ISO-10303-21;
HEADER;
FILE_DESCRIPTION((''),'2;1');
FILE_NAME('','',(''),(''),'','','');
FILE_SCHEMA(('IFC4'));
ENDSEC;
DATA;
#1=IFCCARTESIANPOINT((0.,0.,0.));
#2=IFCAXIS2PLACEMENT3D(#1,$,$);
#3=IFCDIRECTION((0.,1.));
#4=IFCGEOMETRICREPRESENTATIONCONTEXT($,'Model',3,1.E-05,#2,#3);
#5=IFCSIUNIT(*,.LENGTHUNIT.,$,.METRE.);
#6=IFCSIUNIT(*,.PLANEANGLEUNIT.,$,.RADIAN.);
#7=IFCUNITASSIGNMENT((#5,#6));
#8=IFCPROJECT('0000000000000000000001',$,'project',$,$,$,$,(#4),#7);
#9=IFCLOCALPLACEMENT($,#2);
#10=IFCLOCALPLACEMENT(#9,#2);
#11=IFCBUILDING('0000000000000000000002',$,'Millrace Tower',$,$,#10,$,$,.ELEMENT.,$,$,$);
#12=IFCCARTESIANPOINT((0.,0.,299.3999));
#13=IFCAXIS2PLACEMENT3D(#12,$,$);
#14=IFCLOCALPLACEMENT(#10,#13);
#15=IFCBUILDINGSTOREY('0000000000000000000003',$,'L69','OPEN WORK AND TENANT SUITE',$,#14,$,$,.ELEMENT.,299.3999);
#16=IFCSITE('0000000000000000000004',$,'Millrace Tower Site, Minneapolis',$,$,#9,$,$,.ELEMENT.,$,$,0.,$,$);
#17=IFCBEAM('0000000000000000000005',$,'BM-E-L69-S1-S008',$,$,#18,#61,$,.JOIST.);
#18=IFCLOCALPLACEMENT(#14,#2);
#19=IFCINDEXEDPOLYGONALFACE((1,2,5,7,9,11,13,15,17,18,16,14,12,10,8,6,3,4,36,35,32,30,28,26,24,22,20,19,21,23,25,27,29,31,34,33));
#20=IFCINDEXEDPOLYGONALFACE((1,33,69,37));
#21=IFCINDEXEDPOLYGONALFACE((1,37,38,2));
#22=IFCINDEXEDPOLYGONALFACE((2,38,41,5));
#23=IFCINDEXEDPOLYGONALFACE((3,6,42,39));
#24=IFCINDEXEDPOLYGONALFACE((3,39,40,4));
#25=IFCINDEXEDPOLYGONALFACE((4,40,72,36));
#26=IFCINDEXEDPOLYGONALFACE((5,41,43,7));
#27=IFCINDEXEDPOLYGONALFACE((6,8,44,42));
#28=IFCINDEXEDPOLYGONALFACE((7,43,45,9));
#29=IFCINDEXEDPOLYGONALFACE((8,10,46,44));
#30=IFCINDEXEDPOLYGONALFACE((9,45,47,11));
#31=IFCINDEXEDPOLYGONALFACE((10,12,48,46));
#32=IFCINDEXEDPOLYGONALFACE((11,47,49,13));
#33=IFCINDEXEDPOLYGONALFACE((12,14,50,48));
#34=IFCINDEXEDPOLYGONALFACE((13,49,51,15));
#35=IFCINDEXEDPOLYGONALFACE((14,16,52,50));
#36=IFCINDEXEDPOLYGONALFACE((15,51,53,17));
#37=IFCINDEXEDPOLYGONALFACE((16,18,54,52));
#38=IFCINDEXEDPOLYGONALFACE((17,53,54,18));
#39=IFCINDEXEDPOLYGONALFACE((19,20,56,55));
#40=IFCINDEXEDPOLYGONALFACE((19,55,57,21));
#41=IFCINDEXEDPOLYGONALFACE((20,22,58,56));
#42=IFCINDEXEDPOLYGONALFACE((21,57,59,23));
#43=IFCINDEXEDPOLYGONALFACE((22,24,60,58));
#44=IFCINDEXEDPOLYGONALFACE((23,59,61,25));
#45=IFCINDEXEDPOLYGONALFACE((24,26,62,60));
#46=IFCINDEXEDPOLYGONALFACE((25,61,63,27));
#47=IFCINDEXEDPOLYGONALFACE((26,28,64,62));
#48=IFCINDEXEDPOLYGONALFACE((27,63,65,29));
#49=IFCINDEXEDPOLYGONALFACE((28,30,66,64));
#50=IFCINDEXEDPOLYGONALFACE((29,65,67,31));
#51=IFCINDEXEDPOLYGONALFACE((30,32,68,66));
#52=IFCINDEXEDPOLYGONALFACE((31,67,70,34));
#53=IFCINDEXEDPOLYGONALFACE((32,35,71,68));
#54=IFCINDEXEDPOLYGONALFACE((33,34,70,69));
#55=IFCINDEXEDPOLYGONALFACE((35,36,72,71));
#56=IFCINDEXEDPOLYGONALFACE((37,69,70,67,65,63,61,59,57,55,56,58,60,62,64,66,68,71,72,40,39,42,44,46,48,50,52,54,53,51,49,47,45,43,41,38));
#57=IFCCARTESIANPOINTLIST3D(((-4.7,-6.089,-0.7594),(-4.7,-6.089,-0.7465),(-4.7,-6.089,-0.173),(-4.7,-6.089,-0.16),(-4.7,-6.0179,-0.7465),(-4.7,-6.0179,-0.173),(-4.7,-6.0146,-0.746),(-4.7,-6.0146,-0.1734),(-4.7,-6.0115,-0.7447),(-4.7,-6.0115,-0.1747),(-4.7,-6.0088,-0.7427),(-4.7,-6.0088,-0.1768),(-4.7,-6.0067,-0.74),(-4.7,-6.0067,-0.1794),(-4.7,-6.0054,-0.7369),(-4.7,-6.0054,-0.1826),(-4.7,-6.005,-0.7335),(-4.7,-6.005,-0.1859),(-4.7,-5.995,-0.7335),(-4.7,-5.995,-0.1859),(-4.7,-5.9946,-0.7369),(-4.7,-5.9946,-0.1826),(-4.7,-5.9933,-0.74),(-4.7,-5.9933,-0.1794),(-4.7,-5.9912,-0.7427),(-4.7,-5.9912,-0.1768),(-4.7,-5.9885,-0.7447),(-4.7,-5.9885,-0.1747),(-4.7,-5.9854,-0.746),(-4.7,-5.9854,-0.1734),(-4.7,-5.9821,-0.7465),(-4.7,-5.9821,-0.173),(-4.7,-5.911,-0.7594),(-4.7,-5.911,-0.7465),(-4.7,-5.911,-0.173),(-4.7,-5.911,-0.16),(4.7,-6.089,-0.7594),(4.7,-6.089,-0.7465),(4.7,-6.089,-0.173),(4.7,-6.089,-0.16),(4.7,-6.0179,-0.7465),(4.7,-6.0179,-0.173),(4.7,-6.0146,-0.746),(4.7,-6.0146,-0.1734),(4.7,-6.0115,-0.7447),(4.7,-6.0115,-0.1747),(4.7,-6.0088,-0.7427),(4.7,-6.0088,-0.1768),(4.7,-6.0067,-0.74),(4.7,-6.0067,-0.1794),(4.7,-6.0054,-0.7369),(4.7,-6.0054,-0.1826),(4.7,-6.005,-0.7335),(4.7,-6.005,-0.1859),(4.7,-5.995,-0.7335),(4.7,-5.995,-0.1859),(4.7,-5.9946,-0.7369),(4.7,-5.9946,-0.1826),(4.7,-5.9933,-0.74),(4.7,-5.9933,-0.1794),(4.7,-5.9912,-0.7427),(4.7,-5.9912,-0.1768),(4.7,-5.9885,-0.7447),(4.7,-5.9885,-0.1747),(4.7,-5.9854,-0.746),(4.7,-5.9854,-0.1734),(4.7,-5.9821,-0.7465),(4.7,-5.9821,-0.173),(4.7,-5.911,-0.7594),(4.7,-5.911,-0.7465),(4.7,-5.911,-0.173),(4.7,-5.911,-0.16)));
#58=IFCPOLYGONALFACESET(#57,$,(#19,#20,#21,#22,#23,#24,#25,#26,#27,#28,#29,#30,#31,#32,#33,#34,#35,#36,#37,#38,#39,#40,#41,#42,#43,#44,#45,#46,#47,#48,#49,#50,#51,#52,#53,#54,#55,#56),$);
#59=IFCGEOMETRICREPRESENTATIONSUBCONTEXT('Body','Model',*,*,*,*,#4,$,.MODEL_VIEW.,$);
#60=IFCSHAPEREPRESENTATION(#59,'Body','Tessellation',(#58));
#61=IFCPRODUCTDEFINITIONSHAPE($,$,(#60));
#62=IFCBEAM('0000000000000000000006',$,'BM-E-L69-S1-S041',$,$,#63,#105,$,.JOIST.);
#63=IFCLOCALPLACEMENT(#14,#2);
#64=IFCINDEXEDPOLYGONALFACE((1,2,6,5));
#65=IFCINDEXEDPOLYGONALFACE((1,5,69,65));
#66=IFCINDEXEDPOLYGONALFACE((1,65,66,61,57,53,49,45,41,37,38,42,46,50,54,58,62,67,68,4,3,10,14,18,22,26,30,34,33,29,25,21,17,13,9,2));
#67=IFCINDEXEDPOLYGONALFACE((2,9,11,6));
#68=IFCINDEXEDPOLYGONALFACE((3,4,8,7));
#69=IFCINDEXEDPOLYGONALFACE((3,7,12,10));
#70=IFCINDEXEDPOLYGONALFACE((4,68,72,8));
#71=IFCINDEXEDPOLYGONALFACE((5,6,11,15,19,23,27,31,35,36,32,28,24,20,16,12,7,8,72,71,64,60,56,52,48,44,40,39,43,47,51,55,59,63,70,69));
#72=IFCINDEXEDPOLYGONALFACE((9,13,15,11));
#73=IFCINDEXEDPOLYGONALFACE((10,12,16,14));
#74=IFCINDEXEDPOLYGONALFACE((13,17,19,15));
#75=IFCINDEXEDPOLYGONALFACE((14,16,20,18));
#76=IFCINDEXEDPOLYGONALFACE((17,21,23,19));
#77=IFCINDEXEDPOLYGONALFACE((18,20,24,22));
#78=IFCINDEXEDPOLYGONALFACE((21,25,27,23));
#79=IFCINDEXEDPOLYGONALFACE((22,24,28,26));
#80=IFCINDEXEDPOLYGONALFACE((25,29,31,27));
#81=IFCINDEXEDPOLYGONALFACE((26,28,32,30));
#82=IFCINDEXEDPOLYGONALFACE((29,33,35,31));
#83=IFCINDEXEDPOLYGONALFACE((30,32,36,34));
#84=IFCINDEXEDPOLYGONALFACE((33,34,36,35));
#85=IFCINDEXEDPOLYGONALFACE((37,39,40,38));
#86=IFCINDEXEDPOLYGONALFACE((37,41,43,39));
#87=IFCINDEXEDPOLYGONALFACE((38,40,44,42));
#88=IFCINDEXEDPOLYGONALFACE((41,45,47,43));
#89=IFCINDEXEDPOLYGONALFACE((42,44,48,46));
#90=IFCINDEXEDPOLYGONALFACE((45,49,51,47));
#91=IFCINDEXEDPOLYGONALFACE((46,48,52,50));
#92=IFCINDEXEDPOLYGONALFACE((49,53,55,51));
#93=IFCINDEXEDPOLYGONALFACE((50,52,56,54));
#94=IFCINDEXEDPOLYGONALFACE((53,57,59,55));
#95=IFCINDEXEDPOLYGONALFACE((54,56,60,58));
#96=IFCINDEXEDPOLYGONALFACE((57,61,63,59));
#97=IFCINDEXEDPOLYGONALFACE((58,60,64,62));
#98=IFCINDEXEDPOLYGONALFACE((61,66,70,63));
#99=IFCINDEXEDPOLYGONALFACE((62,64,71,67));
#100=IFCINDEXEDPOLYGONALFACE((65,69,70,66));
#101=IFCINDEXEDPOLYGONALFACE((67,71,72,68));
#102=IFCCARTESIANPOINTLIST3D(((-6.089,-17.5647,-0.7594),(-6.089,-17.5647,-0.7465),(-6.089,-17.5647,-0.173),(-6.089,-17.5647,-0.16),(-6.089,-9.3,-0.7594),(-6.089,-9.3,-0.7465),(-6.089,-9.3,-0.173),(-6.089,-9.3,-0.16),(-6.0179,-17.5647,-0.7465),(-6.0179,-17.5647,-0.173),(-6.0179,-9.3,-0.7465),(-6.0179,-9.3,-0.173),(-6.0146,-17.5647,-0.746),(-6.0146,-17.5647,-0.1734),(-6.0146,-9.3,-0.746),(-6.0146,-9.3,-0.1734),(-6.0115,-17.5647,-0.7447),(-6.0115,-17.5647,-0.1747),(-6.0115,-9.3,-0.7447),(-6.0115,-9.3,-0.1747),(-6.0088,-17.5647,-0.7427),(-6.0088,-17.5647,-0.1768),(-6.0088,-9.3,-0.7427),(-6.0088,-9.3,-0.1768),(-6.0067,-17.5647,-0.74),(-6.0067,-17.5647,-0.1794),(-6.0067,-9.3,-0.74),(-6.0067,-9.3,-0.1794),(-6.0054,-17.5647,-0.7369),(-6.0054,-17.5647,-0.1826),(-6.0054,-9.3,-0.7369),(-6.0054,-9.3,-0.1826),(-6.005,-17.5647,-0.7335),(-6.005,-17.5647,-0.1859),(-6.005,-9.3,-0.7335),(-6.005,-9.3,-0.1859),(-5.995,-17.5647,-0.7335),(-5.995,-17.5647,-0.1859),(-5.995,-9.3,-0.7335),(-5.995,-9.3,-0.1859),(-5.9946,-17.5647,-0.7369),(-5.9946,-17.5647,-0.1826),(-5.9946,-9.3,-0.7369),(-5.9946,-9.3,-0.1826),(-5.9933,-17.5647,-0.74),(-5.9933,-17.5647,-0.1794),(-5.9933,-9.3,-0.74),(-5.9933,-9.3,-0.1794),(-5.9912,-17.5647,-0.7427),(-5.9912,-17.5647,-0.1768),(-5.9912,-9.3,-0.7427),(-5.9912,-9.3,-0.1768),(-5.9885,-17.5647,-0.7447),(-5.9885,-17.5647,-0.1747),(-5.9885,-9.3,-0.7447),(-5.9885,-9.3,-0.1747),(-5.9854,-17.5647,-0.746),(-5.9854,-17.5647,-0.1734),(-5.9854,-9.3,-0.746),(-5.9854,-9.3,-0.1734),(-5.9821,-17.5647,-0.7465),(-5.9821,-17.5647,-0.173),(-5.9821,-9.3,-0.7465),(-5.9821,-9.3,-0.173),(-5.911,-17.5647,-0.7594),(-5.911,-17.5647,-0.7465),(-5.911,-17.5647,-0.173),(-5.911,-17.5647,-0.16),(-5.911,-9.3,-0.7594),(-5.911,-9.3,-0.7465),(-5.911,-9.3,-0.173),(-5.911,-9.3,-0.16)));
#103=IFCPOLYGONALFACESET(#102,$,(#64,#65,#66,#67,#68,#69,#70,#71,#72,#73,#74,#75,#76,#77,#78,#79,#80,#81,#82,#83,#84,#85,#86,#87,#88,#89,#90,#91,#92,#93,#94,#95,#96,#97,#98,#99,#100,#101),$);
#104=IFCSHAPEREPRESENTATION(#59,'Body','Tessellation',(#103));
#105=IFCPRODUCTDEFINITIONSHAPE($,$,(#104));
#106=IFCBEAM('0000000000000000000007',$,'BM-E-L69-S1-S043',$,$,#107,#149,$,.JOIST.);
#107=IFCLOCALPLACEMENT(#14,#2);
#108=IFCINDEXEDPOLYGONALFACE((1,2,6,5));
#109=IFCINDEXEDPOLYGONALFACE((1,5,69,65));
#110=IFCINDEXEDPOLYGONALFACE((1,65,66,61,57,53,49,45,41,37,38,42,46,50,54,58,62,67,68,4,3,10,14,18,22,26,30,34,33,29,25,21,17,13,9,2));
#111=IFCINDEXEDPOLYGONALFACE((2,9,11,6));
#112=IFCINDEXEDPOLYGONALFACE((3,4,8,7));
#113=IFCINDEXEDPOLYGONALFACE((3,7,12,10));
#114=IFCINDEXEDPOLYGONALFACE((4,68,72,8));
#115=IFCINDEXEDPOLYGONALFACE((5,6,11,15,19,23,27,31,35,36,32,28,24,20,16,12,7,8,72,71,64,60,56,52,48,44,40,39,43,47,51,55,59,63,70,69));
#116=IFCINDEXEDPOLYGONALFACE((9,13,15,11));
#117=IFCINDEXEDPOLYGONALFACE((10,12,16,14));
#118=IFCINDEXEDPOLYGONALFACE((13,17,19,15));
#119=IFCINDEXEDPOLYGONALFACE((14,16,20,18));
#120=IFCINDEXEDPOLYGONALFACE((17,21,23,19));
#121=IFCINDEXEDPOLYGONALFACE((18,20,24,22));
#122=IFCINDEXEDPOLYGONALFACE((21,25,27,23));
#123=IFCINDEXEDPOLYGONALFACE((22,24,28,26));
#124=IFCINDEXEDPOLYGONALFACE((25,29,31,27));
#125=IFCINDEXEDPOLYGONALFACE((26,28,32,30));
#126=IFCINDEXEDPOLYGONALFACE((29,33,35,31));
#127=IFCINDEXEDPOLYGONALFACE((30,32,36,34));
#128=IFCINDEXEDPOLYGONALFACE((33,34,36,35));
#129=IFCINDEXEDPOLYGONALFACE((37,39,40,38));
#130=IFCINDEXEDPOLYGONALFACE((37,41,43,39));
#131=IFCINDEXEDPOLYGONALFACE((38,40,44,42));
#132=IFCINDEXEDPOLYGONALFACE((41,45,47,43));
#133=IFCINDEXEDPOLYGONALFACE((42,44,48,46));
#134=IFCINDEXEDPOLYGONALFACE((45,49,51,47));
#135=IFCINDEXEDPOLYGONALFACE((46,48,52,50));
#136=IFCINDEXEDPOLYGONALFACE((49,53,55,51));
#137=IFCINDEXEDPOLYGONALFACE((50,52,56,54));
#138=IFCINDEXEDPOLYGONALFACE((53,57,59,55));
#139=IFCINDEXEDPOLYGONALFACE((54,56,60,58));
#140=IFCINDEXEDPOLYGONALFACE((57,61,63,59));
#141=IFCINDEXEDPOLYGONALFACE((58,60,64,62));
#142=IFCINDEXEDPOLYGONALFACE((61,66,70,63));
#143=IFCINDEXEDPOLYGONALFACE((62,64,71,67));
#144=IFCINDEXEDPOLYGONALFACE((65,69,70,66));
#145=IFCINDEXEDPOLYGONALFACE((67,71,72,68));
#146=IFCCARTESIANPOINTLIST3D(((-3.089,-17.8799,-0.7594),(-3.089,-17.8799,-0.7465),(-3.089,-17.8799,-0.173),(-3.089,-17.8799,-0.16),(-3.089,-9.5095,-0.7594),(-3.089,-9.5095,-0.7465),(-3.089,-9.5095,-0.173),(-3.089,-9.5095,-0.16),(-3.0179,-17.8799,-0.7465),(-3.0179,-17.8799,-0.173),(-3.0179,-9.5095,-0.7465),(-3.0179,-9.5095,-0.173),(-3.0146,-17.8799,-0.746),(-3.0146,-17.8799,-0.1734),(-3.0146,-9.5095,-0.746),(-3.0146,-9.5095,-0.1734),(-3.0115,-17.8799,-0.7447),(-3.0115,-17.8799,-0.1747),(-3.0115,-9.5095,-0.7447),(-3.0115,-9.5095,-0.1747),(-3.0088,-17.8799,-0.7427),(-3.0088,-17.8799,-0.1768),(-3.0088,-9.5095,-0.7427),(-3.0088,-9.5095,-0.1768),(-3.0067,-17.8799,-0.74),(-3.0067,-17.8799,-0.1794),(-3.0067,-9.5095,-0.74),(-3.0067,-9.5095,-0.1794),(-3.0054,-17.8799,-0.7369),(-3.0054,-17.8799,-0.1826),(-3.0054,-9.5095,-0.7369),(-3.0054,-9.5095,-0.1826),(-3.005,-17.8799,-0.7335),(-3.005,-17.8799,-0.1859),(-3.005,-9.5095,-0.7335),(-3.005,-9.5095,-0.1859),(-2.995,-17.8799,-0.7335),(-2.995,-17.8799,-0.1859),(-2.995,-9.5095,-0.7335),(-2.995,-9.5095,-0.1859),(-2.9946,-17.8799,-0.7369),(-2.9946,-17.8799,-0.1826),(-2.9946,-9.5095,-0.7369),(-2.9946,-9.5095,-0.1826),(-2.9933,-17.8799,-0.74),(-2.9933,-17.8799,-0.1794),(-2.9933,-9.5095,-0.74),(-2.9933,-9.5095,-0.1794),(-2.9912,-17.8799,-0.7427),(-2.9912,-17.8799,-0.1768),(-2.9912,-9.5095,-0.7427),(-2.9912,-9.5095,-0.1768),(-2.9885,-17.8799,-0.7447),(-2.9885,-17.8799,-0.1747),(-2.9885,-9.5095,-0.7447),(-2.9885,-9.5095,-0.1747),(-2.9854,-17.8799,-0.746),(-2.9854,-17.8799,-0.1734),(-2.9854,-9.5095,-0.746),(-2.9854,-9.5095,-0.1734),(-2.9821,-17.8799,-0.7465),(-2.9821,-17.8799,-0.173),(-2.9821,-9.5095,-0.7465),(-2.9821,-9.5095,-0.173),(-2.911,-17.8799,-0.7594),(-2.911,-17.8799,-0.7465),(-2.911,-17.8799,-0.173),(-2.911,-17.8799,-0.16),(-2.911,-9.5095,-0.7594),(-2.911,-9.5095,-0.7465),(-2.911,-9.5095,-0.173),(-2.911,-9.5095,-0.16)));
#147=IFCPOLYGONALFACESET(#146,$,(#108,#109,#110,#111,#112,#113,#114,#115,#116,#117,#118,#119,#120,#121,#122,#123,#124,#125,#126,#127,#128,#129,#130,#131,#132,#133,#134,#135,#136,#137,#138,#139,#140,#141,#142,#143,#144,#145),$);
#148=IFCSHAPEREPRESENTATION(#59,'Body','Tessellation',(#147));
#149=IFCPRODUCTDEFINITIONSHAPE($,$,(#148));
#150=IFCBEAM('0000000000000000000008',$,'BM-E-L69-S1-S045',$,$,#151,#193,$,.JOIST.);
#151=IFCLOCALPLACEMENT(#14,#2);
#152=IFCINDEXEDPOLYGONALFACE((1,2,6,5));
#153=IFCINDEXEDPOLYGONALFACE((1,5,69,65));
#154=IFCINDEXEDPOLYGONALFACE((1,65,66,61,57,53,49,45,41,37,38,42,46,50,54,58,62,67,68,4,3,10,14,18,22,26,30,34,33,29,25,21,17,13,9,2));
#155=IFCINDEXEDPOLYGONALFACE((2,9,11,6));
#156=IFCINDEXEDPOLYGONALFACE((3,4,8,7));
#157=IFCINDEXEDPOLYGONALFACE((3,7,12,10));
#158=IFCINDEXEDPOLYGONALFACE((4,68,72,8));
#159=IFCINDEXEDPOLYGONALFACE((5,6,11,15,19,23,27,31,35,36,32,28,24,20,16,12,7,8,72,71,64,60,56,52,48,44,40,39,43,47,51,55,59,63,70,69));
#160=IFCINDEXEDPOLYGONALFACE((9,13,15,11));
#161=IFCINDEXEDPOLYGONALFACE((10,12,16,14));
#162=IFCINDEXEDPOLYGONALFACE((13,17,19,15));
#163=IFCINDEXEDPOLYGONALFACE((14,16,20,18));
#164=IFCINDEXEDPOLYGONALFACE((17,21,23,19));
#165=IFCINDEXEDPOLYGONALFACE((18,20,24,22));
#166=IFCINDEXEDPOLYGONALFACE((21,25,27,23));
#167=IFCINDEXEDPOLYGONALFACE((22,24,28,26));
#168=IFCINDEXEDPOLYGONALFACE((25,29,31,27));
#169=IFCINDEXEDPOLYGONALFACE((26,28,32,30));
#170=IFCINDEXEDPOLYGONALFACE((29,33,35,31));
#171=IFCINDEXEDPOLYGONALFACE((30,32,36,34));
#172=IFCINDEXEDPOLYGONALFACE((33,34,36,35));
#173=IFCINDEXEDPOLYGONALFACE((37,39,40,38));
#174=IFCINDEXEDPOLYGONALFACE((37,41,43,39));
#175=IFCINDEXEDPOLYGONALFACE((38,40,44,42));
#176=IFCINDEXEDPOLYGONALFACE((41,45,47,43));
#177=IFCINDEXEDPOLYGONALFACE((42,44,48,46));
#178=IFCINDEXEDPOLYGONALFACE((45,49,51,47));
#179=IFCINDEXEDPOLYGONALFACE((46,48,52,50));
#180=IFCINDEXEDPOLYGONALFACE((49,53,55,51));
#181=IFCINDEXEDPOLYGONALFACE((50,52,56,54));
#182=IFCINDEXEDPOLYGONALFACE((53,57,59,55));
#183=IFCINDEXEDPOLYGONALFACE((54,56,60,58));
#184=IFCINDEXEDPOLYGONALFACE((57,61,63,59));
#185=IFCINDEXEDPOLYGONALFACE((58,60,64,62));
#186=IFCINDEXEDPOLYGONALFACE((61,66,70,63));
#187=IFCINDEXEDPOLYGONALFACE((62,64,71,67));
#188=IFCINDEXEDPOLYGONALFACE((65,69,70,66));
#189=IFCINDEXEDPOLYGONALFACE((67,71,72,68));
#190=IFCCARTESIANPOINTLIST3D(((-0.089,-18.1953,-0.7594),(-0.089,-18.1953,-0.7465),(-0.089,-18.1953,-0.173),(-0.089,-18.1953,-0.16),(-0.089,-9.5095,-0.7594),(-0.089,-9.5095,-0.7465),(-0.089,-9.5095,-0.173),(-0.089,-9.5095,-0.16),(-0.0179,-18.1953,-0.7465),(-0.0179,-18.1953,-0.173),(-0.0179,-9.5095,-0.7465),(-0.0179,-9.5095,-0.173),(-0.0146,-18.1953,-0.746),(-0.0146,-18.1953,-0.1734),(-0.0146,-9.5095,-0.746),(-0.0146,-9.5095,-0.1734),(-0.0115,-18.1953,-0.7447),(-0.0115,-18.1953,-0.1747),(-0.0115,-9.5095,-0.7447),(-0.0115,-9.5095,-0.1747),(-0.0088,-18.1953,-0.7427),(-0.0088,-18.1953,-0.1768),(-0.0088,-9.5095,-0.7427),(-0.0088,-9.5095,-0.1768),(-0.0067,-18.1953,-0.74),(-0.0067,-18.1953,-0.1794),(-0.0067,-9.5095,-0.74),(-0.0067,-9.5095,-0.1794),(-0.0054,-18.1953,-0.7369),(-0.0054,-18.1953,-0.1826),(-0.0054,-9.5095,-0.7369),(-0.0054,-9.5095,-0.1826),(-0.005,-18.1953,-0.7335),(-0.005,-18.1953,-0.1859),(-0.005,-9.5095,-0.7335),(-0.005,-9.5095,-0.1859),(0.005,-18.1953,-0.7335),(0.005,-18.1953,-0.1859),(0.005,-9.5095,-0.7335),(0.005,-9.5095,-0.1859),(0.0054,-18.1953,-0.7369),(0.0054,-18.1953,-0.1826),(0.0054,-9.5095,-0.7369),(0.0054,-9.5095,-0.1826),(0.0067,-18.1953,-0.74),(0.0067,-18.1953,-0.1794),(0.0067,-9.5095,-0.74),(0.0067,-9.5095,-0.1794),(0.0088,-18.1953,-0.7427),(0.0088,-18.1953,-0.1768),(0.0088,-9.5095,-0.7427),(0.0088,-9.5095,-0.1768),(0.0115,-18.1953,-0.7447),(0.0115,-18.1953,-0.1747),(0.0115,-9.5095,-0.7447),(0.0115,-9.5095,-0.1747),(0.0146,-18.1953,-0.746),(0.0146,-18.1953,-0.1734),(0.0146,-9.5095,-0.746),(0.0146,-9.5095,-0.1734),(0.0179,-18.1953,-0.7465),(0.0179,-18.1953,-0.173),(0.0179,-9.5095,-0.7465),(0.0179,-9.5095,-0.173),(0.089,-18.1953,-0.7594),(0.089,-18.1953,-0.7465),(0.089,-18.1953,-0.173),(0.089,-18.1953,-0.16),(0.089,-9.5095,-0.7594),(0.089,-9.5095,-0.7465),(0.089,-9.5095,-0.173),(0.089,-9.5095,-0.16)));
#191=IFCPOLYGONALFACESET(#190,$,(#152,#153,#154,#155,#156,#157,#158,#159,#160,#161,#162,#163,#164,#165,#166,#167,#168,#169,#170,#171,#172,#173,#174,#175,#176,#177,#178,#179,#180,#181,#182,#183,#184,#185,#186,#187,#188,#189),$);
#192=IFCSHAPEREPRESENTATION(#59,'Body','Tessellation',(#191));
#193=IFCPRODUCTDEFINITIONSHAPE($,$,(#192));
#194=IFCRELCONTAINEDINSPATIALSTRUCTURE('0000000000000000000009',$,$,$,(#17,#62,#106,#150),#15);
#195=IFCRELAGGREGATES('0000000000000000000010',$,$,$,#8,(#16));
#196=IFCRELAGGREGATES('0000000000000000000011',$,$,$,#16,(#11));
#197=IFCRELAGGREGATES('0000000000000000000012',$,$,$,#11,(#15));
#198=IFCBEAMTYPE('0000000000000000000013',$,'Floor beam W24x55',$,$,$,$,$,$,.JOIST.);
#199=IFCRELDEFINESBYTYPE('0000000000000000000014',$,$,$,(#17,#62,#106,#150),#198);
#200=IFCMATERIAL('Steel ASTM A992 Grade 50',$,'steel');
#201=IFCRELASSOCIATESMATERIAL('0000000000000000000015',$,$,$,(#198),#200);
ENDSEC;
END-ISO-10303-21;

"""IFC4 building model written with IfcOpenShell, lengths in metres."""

from ifc_helpers import new_model, si_unit, direction, frame, origin, origin_2d, place, context, subcontext, project, spatial, i_section, extrude, material, material_profile, profile_set, type_object, element, save


model = new_model("IFC4")

# Units and contexts
model_context = context("Model", 3, precision=1e-05, world=origin(), true_north=direction((0.0, 1.0)))
body_context = subcontext(model_context, "Body", "Model", "MODEL_VIEW")
ifc_project = project(units=[si_unit("LENGTHUNIT", "METRE"), si_unit("PLANEANGLEUNIT", "RADIAN")], contexts=[model_context])

# Site, building, storey
site_placement = place(None, origin())
site = spatial("IfcSite", under=ifc_project, at=site_placement, Name="Millrace Tower Site, Minneapolis", CompositionType="ELEMENT", RefElevation=0.0)
building_placement = place(site_placement, origin())
building = spatial("IfcBuilding", under=site, at=building_placement, Name="Millrace Tower", CompositionType="ELEMENT")
storey_placement = place(building_placement, frame((0.0, 0.0, 299.3999)))
storey = spatial("IfcBuildingStorey", under=building, at=storey_placement, Name="L69", Description="OPEN WORK AND TENANT SUITE", CompositionType="ELEMENT", Elevation=299.3999)

# Beams
ifc_material_1 = material(Name="Steel ASTM A992 Grade 50", Category="steel")
ifc_material_profile_1 = material_profile(ifc_material_1, i_section(OverallWidth=0.178, OverallDepth=0.5994, WebThickness=0.01, FlangeThickness=0.0129, FilletRadius=0.0129, at=origin_2d()))
ifc_profile_set_1 = profile_set([ifc_material_profile_1], Name="Steel ASTM A992 Grade 50")
beam_type_1 = type_object("IfcBeamType", Name="Floor beam W24x55", PredefinedType="JOIST", material=ifc_profile_set_1)
beam_1_placement = place(storey_placement, frame((-4.7, -6.0, -0.4597), z_axis=(1.0, 0.0, 0.0), x_axis=(0.0, 1.0, 0.0)))
element("IfcBeam", 1, at=beam_1_placement, inside=storey, type_object=beam_type_1, Name="BM-E-L69-S1-S008", PredefinedType="JOIST", context=body_context, shape_type="SweptSolid", body=[
    extrude(i_section(OverallWidth=0.178, OverallDepth=0.5994, WebThickness=0.01, FlangeThickness=0.0129, FilletRadius=0.0129, at=origin_2d()), origin(), (0.0, 0.0, 1.0), 9.3999),
])
beam_2_placement = place(storey_placement, frame((-6.0, -17.5647, -0.4597), z_axis=(0.0, 1.0, 0.0), x_axis=(-1.0, 0.0, 0.0)))
element("IfcBeam", 2, at=beam_2_placement, inside=storey, type_object=beam_type_1, Name="BM-E-L69-S1-S041", PredefinedType="JOIST", context=body_context, shape_type="SweptSolid", body=[
    extrude(i_section(OverallWidth=0.178, OverallDepth=0.5994, WebThickness=0.01, FlangeThickness=0.0129, FilletRadius=0.0129, at=origin_2d()), origin(), (0.0, 0.0, 1.0), 8.2646),
])
beam_3_placement = place(storey_placement, frame((-3.0, -17.8799, -0.4597), z_axis=(0.0, 1.0, 0.0), x_axis=(-1.0, 0.0, 0.0)))
element("IfcBeam", 3, at=beam_3_placement, inside=storey, type_object=beam_type_1, Name="BM-E-L69-S1-S043", PredefinedType="JOIST", context=body_context, shape_type="SweptSolid", body=[
    extrude(i_section(OverallWidth=0.178, OverallDepth=0.5994, WebThickness=0.01, FlangeThickness=0.0129, FilletRadius=0.0129, at=origin_2d()), origin(), (0.0, 0.0, 1.0), 8.3704),
])
beam_4_placement = place(storey_placement, frame((0.0, -18.1953, -0.4597), z_axis=(0.0, 1.0, 0.0), x_axis=(-1.0, 0.0, 0.0)))
element("IfcBeam", 4, at=beam_4_placement, inside=storey, type_object=beam_type_1, Name="BM-E-L69-S1-S045", PredefinedType="JOIST", context=body_context, shape_type="SweptSolid", body=[
    extrude(i_section(OverallWidth=0.178, OverallDepth=0.5994, WebThickness=0.01, FlangeThickness=0.0129, FilletRadius=0.0129, at=origin_2d()), origin(), (0.0, 0.0, 1.0), 8.6858),
])

save(model, "model.ifc")
